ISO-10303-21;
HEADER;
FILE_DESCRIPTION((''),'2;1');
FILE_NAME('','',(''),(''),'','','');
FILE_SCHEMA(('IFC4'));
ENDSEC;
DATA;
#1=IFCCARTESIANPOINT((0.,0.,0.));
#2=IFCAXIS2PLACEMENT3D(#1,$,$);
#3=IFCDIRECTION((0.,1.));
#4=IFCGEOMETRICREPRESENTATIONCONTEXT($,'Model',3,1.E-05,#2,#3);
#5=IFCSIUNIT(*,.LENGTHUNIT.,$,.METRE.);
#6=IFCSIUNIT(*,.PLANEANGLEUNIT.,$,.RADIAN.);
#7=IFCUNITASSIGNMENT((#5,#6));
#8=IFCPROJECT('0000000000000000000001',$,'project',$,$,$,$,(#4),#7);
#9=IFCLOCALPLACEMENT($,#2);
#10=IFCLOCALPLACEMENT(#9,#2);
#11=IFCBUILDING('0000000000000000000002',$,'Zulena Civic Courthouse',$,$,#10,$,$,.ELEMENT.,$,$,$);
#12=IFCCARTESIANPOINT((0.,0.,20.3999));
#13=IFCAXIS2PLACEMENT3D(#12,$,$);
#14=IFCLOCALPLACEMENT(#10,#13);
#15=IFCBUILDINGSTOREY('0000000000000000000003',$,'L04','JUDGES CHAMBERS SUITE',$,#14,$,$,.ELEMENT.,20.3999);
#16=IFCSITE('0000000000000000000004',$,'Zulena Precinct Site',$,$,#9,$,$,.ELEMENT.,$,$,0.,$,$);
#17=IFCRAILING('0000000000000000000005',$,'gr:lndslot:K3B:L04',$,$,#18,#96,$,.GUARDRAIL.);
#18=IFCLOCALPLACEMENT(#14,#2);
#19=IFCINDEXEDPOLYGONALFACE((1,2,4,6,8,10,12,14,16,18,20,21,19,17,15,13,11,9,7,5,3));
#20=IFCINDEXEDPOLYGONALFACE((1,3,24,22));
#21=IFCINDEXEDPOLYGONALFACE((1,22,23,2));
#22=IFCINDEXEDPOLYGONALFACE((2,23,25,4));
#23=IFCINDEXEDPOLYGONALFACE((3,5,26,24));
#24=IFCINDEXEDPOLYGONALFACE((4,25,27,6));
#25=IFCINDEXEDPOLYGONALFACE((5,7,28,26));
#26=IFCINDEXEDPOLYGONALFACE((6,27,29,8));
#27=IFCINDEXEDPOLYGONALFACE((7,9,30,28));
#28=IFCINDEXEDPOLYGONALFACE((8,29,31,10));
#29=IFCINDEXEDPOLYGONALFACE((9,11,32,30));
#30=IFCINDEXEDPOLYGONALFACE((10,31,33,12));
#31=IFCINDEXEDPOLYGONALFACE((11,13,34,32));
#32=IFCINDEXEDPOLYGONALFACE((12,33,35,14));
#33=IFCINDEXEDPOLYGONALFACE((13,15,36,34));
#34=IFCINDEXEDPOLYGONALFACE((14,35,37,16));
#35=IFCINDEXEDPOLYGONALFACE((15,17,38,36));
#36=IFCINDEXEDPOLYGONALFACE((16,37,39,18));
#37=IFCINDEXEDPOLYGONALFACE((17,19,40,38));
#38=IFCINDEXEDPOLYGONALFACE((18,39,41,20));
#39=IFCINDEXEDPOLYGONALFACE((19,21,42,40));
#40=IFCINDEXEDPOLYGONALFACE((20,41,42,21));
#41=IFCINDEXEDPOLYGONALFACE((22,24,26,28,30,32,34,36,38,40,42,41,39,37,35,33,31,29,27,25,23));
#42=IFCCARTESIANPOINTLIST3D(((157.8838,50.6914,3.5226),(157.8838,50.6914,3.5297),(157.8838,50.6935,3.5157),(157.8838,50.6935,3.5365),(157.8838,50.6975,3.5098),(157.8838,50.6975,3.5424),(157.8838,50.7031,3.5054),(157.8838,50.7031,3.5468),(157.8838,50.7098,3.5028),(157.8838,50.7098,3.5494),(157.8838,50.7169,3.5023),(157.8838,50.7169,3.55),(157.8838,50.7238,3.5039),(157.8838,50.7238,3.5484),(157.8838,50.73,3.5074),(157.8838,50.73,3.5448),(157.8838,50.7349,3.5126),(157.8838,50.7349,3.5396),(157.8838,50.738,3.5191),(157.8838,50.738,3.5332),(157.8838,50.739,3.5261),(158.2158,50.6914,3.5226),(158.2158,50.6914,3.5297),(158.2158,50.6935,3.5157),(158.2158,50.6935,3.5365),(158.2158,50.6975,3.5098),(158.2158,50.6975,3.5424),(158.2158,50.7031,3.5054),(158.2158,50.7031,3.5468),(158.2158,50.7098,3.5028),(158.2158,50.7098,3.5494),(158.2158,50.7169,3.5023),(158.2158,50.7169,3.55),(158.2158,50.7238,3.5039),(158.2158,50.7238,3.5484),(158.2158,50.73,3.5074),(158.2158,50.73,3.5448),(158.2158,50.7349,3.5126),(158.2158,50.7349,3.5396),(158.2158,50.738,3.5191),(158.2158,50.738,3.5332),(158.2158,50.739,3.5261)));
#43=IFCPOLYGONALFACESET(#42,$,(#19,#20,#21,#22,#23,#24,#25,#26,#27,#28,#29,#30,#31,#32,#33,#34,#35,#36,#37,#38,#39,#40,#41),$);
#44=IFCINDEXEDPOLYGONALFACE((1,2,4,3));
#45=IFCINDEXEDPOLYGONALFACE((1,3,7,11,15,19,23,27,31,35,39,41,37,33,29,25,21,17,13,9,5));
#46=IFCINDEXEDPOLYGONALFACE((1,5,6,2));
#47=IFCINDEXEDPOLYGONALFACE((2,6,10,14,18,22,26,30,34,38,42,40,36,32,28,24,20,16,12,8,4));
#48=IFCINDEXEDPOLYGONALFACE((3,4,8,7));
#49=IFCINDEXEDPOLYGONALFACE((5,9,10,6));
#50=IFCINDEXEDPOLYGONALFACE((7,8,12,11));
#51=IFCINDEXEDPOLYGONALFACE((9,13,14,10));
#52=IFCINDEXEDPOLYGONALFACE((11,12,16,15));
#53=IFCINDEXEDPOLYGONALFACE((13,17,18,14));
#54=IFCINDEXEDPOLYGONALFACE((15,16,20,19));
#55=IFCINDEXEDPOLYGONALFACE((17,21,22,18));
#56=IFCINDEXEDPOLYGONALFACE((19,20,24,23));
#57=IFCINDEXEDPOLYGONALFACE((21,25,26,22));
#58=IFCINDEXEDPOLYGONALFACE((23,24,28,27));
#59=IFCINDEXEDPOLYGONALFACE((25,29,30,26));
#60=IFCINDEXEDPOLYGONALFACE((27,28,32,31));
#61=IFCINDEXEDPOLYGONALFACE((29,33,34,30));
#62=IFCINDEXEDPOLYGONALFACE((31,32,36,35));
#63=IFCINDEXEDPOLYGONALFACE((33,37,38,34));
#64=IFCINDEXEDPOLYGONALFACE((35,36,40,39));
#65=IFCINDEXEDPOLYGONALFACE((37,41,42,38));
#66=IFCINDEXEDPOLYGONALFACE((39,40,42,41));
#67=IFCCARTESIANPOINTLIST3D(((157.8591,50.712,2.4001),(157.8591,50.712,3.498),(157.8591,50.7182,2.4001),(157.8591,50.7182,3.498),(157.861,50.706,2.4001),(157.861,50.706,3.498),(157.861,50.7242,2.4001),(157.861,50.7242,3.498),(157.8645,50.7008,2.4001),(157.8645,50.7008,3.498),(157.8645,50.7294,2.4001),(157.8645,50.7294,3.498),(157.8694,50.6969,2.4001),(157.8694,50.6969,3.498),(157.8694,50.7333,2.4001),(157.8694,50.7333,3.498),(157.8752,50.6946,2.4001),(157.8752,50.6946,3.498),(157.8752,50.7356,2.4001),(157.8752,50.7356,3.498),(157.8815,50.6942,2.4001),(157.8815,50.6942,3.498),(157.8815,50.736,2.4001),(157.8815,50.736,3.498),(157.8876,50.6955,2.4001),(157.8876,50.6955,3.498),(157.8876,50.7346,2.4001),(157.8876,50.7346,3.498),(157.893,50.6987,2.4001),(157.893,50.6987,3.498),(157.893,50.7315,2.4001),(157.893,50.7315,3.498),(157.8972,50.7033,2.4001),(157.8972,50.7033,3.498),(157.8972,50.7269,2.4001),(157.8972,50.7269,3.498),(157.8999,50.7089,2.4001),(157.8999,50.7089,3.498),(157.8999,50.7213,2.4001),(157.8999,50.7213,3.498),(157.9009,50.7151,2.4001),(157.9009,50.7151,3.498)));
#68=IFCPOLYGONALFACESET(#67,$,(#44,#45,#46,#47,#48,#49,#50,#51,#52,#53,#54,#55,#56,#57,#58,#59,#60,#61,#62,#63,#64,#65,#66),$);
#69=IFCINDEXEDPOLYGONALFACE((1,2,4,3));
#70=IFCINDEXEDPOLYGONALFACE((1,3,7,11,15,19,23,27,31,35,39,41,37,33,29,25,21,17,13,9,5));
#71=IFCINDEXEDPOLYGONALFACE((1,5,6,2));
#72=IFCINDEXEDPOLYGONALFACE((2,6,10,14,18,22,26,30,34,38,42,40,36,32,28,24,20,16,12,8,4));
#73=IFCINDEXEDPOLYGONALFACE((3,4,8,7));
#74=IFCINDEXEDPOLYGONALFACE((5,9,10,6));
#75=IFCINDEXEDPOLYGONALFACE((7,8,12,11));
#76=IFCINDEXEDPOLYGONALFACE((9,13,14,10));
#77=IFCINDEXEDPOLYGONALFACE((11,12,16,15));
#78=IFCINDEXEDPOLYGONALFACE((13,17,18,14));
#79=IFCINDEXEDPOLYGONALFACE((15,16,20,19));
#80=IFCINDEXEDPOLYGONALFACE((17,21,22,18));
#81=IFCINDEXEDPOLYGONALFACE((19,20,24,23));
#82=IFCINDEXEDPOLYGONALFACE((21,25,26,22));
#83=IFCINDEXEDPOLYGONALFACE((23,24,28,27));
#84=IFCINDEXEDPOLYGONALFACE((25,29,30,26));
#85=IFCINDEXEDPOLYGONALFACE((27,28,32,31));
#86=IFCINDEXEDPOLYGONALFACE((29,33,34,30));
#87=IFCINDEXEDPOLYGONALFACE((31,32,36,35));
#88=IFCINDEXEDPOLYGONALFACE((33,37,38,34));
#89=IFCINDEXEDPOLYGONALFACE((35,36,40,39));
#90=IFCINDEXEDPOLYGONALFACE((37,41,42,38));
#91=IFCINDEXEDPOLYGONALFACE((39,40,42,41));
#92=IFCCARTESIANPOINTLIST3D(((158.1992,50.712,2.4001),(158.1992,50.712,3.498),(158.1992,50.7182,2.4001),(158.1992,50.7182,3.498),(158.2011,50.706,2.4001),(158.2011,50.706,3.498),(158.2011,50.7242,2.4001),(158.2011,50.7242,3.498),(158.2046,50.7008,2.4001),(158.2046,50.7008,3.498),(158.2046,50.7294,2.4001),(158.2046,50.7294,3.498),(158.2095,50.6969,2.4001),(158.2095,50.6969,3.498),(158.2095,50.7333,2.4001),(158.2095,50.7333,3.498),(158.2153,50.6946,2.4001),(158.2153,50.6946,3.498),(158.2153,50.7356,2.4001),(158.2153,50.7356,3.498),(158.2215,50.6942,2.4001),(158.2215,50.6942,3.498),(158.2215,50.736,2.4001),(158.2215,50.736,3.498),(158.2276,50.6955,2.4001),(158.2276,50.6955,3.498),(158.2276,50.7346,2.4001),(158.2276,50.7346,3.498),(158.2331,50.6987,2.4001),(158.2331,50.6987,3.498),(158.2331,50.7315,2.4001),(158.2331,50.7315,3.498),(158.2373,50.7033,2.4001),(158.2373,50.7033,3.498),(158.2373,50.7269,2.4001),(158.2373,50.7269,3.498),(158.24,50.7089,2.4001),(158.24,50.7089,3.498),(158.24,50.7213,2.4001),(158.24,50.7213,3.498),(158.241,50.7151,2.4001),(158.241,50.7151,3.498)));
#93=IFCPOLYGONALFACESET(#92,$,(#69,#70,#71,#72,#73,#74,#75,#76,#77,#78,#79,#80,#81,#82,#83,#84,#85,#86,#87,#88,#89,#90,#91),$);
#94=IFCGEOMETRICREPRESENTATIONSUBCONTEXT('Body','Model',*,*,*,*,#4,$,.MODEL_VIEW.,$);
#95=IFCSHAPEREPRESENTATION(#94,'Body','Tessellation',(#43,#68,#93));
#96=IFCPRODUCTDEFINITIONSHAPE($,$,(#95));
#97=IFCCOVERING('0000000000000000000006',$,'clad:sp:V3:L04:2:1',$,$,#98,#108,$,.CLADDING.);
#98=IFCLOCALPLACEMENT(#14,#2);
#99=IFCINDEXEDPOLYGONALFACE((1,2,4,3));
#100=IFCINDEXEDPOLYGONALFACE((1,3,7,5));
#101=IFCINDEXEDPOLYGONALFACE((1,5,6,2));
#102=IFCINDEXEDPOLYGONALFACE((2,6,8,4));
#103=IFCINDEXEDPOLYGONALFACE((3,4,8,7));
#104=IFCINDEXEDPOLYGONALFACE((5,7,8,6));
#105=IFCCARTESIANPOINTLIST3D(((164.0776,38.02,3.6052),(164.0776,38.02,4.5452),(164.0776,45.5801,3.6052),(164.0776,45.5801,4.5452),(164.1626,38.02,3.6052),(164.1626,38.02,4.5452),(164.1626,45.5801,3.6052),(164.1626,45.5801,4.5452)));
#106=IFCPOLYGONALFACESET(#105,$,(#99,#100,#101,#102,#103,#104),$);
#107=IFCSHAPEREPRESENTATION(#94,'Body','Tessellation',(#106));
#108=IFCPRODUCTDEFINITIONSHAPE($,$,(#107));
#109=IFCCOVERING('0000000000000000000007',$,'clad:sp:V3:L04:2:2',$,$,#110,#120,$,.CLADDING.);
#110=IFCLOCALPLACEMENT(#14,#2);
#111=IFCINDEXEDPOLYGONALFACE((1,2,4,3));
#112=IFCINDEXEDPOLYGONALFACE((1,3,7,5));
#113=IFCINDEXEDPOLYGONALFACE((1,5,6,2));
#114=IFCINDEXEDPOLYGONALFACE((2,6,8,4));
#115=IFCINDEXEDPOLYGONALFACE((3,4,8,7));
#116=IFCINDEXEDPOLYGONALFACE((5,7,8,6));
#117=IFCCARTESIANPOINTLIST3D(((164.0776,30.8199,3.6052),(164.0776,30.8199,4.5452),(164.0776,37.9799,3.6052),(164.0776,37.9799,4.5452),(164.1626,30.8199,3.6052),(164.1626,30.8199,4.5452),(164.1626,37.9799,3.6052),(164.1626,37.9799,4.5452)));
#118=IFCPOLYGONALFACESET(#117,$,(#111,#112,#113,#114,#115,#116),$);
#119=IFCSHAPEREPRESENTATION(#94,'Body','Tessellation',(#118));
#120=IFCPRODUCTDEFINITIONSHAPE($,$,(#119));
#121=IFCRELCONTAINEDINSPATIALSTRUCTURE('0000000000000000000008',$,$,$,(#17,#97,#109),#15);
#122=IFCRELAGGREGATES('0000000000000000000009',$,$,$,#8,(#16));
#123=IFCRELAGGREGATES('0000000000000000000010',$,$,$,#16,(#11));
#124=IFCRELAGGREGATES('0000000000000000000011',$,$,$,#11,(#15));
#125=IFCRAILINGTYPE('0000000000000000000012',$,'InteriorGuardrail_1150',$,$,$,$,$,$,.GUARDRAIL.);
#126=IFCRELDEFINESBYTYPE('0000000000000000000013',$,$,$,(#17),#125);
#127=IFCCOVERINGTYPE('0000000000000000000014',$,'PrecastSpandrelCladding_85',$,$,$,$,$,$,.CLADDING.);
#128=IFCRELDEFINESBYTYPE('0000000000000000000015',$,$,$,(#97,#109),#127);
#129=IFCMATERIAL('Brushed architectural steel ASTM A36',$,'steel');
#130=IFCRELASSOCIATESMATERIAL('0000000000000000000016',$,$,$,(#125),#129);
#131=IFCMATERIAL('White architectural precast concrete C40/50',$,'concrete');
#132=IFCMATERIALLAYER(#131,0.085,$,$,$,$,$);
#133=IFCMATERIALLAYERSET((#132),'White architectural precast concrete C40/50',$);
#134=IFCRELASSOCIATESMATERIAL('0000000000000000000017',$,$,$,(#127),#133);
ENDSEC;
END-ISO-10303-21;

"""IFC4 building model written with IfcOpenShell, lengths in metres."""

from ifc_helpers import new_model, si_unit, direction, frame, origin, origin_2d, place, context, subcontext, project, spatial, rectangle, circle, extrude, material, layer, layer_set, type_object, element, save


model = new_model("IFC4")

# Units and contexts
model_context = context("Model", 3, precision=1e-05, world=origin(), true_north=direction((0.0, 1.0)))
body_context = subcontext(model_context, "Body", "Model", "MODEL_VIEW")
ifc_project = project(units=[si_unit("LENGTHUNIT", "METRE"), si_unit("PLANEANGLEUNIT", "RADIAN")], contexts=[model_context])

# Site, building, storey
site_placement = place(None, origin())
site = spatial("IfcSite", under=ifc_project, at=site_placement, Name="Zulena Precinct Site", CompositionType="ELEMENT", RefElevation=0.0)
building_placement = place(site_placement, origin())
building = spatial("IfcBuilding", under=site, at=building_placement, Name="Zulena Civic Courthouse", CompositionType="ELEMENT")
storey_placement = place(building_placement, frame((0.0, 0.0, 20.3999)))
storey = spatial("IfcBuildingStorey", under=building, at=storey_placement, Name="L04", Description="JUDGES CHAMBERS SUITE", CompositionType="ELEMENT", Elevation=20.3999)

# Railing
ifc_material_1 = material(Name="Brushed architectural steel ASTM A36", Category="steel")
railing_type_1 = type_object("IfcRailingType", Name="InteriorGuardrail_1150", PredefinedType="GUARDRAIL", material=ifc_material_1)
railing_1_placement = place(storey_placement, frame((157.8799, 50.7151, 2.4001)))
element("IfcRailing", 1, at=railing_1_placement, inside=storey, type_object=railing_type_1, Name="gr:lndslot:K3B:L04", PredefinedType="GUARDRAIL", context=body_context, shape_type="SweptSolid", body=[
    extrude(circle(Radius=0.0239, at=origin_2d()), frame((0.0039, 0.0, 1.126), z_axis=(1.0, 0.0, 0.0), x_axis=(0.0, 1.0, 0.0)), (0.0, 0.0, 1.0), 0.332),
    extrude(circle(Radius=0.021, at=origin_2d()), origin(), (0.0, 0.0, 1.0), 1.0979),
    extrude(circle(Radius=0.021, at=origin_2d()), frame((0.3401, 0.0, 0.0)), (0.0, 0.0, 1.0), 1.0979),
])

# Coverings
ifc_material_2 = material(Name="White architectural precast concrete C40/50", Category="concrete")
ifc_layer_1 = layer(ifc_material_2, 0.085)
ifc_layer_set_1 = layer_set([ifc_layer_1], Name="White architectural precast concrete C40/50")
covering_type = type_object("IfcCoveringType", Name="PrecastSpandrelCladding_85", PredefinedType="CLADDING", material=ifc_layer_set_1)
covering_1_placement = place(storey_placement, frame((164.1201, 41.8, 3.6052), z_axis=(0.0, 0.0, 1.0), x_axis=(0.0, -1.0, 0.0)))
element("IfcCovering", 2, at=covering_1_placement, inside=storey, type_object=covering_type, Name="clad:sp:V3:L04:2:1", PredefinedType="CLADDING", context=body_context, shape_type="SweptSolid", body=[
    extrude(rectangle(XDim=7.5601, YDim=0.085, at=origin_2d()), origin(), (0.0, 0.0, 1.0), 0.9399),
])
covering_2_placement = place(storey_placement, frame((164.1201, 34.3999, 3.6052), z_axis=(0.0, 0.0, 1.0), x_axis=(0.0, -1.0, 0.0)))
element("IfcCovering", 3, at=covering_2_placement, inside=storey, type_object=covering_type, Name="clad:sp:V3:L04:2:2", PredefinedType="CLADDING", context=body_context, shape_type="SweptSolid", body=[
    extrude(rectangle(XDim=7.1599, YDim=0.085, at=origin_2d()), origin(), (0.0, 0.0, 1.0), 0.9399),
])

save(model, "model.ifc")
